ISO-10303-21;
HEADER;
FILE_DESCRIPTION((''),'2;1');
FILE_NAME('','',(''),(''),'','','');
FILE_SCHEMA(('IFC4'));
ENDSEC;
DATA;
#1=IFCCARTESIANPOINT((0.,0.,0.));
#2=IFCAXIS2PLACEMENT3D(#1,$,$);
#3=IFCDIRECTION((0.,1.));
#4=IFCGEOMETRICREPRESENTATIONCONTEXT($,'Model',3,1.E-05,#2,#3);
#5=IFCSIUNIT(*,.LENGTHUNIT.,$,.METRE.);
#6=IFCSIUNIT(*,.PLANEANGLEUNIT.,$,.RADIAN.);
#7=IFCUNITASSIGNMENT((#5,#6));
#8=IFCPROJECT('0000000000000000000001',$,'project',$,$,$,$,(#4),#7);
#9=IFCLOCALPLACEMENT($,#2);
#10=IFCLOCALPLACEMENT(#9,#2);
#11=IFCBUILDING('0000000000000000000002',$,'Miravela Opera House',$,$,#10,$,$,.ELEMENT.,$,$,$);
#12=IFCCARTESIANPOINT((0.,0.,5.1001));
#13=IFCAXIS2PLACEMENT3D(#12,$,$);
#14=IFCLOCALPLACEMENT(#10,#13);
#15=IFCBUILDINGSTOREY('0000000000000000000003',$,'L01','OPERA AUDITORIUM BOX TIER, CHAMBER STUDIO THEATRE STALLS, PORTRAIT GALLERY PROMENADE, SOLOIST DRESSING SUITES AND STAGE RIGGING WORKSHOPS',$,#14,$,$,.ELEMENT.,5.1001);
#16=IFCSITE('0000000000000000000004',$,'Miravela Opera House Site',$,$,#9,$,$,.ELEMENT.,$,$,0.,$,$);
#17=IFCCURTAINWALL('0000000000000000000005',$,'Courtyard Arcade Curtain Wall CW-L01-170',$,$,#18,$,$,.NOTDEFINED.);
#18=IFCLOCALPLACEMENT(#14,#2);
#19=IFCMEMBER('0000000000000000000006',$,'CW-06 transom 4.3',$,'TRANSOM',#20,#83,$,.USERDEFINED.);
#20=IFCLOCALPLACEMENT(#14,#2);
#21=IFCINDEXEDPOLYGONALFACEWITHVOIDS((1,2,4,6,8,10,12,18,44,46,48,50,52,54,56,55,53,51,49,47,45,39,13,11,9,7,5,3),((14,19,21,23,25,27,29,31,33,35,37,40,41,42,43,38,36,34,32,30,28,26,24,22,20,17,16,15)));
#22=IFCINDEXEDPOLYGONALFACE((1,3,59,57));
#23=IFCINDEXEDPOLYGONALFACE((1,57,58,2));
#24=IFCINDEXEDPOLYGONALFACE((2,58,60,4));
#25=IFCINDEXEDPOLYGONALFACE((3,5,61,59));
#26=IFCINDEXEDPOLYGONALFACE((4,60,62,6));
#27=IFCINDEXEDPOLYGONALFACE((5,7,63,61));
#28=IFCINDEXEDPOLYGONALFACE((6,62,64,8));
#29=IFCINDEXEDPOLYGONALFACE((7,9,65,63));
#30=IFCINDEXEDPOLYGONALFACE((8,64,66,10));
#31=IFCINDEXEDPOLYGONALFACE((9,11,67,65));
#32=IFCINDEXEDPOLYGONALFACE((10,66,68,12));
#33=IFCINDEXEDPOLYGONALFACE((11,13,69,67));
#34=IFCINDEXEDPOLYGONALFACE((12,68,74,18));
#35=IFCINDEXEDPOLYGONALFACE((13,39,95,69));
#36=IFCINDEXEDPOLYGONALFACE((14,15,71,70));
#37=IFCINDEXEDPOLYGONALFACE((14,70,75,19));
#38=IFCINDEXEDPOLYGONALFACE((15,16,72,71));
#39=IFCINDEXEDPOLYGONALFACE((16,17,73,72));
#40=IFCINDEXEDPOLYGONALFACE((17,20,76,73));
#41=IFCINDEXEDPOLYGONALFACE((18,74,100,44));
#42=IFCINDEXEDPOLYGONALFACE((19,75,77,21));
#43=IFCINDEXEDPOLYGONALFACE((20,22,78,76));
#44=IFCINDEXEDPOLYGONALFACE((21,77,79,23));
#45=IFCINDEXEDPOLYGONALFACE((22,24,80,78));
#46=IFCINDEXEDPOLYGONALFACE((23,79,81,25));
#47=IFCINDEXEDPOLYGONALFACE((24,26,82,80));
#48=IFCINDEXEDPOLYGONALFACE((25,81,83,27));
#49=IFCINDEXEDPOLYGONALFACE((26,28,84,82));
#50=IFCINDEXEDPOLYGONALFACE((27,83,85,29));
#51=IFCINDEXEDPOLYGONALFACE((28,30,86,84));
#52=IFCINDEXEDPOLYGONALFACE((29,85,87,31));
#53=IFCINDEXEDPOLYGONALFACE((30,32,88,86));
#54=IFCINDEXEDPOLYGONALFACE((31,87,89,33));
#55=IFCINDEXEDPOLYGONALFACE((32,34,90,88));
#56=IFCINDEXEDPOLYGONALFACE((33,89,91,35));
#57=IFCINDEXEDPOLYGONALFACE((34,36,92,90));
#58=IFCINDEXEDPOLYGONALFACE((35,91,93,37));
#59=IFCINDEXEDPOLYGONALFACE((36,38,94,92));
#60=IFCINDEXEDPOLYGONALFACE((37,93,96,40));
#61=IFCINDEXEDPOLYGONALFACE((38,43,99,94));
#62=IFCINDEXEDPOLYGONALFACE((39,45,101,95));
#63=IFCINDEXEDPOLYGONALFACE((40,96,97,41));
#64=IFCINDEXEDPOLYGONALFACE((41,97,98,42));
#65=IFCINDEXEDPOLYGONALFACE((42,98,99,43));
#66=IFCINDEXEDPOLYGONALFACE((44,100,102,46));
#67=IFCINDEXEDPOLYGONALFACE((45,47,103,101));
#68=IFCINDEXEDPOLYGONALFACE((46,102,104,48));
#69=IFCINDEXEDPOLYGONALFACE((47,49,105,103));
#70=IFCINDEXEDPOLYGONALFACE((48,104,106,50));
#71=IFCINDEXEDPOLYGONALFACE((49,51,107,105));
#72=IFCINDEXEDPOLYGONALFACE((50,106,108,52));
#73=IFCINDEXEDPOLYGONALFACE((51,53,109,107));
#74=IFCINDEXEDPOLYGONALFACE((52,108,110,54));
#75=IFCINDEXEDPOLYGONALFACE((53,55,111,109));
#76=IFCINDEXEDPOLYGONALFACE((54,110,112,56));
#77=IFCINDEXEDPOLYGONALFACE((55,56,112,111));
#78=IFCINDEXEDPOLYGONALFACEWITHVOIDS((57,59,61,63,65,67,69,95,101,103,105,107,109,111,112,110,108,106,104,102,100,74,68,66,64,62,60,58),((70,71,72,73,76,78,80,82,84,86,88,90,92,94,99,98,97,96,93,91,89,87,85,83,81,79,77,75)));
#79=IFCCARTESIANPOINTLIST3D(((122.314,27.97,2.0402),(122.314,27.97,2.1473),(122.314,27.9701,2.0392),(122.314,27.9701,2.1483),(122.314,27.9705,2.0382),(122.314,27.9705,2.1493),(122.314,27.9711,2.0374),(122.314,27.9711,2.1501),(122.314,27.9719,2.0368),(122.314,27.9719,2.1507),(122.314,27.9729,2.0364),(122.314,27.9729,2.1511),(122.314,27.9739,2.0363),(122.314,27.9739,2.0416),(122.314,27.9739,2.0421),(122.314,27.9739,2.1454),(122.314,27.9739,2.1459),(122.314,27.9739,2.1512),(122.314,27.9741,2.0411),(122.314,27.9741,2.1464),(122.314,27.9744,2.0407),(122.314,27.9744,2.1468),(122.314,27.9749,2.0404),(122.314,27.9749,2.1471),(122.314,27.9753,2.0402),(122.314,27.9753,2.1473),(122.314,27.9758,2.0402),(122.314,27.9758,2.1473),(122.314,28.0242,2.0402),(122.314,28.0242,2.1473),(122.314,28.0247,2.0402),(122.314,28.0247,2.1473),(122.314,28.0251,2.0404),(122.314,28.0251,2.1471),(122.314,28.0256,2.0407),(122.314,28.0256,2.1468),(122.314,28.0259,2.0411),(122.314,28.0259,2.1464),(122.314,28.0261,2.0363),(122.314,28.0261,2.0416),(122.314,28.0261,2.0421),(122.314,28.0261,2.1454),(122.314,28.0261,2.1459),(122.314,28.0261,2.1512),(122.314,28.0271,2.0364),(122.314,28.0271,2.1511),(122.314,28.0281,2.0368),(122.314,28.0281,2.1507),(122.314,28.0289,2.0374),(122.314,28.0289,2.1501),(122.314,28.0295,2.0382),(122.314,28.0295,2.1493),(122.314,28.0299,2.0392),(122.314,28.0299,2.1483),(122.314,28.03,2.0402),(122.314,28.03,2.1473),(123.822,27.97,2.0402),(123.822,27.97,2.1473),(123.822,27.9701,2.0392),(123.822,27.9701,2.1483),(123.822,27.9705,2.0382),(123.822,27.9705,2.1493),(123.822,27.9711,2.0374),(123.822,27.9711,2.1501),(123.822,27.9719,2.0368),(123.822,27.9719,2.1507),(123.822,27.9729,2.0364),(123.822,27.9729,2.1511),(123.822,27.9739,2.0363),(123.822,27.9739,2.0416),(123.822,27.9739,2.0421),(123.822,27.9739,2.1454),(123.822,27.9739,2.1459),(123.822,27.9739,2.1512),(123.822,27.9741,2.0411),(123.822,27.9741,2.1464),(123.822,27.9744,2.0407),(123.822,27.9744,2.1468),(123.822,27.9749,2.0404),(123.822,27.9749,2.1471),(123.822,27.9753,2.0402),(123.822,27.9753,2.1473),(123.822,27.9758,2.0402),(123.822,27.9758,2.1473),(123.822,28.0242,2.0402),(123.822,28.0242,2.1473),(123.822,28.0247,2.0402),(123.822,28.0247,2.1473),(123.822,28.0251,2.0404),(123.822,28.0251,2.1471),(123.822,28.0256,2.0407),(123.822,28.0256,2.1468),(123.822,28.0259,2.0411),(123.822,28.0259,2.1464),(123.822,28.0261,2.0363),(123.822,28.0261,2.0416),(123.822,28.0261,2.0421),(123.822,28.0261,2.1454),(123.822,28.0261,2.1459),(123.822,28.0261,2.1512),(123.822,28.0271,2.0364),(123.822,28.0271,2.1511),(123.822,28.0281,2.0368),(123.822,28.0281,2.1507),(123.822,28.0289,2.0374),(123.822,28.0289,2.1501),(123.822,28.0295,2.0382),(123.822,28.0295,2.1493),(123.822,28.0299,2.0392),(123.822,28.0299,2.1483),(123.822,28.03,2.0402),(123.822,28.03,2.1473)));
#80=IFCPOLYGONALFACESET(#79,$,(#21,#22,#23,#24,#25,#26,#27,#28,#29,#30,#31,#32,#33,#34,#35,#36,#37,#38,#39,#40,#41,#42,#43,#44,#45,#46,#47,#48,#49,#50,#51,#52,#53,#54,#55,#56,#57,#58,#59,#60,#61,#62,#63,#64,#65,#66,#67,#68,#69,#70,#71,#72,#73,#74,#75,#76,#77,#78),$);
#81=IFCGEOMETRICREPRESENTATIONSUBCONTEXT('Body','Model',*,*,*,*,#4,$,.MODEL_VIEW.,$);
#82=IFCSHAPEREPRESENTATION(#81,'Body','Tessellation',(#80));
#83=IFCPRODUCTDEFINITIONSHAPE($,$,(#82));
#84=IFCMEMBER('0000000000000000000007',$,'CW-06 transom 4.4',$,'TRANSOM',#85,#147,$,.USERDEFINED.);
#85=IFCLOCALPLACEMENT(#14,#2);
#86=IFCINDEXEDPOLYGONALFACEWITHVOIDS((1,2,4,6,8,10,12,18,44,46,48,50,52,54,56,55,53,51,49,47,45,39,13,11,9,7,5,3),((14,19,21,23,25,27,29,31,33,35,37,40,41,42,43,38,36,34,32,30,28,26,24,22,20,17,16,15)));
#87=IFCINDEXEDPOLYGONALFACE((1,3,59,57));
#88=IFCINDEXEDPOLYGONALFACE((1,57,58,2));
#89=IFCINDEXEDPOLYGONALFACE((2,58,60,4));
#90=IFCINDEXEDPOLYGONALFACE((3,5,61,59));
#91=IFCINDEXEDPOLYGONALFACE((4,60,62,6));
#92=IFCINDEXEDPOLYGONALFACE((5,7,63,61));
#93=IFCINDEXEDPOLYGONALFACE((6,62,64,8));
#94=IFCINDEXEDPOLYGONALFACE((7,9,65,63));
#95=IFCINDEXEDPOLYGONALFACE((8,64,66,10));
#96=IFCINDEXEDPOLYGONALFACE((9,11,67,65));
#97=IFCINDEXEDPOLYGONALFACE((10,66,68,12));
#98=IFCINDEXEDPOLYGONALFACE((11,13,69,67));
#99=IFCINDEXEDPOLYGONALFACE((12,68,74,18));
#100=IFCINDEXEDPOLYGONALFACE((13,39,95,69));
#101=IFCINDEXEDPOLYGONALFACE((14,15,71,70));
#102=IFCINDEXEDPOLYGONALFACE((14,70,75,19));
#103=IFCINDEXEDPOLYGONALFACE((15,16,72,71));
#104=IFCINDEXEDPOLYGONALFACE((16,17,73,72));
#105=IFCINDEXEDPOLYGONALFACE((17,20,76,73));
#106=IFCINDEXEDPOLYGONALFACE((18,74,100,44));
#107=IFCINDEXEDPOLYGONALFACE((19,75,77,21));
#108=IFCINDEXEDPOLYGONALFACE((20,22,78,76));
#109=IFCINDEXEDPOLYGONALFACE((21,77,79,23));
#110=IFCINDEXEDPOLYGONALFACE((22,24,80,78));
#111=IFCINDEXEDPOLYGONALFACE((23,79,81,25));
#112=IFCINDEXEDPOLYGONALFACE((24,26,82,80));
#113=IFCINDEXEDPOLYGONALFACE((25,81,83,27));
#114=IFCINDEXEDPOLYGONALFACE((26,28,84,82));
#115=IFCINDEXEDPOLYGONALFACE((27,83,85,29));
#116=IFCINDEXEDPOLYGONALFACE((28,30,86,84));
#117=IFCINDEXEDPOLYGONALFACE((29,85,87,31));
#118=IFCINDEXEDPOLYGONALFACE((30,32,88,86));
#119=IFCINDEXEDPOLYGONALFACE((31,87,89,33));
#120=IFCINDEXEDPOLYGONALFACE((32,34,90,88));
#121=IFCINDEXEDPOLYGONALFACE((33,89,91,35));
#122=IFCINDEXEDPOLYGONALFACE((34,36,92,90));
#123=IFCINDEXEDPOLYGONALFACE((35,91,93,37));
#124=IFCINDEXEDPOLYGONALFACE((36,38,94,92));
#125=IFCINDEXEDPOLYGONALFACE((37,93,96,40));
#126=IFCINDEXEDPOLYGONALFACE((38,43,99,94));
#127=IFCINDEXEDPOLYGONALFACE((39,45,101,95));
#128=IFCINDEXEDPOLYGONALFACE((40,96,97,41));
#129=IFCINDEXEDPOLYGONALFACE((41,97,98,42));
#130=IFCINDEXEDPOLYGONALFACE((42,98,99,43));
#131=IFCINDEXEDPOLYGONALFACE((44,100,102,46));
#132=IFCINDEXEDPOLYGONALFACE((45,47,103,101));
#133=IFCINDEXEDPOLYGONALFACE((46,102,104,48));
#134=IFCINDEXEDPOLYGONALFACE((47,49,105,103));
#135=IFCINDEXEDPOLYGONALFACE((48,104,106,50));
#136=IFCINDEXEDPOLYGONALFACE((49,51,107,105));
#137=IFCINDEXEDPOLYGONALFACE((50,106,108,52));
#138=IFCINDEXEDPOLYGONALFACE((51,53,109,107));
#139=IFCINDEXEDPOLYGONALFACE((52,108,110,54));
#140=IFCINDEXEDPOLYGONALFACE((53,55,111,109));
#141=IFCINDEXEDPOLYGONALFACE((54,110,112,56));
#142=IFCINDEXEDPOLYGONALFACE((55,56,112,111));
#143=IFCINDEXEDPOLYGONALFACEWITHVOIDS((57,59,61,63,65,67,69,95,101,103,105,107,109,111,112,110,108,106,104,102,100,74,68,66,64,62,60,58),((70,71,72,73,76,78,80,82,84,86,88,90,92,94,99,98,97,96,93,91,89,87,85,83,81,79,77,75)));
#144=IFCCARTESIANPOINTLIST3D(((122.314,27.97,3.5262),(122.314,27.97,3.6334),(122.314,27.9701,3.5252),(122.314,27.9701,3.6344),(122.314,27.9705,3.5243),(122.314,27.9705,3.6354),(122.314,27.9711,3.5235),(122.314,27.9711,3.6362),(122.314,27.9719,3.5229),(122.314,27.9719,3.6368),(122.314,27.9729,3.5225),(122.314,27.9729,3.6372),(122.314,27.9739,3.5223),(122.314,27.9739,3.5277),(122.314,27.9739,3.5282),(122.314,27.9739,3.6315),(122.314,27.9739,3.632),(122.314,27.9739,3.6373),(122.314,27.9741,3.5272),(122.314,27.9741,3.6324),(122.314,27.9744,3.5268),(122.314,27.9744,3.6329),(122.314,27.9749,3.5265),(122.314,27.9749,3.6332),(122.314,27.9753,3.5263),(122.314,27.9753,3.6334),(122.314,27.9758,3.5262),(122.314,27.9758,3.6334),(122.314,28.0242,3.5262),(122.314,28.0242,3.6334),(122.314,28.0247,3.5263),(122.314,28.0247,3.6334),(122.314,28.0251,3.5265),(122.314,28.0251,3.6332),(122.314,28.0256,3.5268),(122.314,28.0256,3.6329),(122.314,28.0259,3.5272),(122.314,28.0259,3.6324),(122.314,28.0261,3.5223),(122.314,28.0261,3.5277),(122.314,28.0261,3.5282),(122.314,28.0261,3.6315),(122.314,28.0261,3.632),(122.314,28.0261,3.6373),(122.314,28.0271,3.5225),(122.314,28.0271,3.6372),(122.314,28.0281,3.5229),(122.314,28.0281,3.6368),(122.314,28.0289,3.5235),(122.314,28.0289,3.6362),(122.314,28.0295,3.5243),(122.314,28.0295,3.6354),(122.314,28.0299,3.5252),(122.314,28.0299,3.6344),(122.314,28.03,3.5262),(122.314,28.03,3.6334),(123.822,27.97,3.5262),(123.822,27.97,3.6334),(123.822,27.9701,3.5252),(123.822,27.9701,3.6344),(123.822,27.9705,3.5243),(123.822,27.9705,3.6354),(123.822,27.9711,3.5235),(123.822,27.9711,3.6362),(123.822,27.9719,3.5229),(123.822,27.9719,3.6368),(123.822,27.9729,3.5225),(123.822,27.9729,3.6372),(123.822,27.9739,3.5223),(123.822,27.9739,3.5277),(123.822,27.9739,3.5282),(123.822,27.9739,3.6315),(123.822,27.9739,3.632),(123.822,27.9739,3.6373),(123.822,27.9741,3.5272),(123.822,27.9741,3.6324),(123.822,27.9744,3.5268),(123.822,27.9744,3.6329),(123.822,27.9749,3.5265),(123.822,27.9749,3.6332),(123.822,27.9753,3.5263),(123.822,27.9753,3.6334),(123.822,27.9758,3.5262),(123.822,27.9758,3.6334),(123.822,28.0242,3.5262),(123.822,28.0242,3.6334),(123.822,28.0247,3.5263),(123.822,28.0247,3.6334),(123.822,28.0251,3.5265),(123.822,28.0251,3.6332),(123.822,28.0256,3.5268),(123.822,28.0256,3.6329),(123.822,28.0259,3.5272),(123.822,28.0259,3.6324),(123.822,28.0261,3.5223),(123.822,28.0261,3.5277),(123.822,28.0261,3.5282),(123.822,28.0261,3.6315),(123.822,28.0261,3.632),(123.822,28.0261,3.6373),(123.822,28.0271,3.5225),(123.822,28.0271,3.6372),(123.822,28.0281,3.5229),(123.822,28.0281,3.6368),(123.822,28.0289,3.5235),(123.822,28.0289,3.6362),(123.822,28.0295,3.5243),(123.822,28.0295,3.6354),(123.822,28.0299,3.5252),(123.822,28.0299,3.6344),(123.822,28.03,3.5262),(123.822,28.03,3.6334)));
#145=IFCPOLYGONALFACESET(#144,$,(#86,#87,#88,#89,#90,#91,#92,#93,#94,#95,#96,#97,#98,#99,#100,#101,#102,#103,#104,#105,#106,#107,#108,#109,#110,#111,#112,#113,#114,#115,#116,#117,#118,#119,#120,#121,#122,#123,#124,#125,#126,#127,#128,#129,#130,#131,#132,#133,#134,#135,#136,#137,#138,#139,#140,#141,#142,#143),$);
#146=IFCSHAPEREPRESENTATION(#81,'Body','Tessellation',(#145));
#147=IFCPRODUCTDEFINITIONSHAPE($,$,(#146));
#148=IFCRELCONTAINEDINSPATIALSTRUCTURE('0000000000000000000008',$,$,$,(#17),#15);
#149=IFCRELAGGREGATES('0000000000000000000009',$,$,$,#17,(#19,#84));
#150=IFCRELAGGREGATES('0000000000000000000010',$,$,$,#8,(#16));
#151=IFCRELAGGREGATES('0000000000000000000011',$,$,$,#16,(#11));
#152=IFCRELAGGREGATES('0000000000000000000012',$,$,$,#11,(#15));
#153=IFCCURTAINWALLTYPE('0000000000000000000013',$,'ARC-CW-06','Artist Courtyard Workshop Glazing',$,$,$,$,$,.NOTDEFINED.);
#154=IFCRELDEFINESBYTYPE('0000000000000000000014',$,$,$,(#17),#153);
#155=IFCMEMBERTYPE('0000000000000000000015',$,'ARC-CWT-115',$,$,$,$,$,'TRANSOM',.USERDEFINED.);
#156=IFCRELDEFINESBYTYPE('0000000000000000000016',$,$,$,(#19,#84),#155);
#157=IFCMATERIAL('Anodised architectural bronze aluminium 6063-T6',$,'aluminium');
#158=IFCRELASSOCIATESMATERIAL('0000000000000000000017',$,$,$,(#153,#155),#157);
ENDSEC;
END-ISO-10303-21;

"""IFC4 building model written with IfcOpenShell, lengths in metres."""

from ifc_helpers import new_model, si_unit, direction, frame, origin, origin_2d, place, context, subcontext, project, spatial, hollow_rectangle, extrude, material, material_profile, profile_set, type_object, element, aggregate, save


model = new_model("IFC4")

# Units and contexts
model_context = context("Model", 3, precision=1e-05, world=origin(), true_north=direction((0.0, 1.0)))
body_context = subcontext(model_context, "Body", "Model", "MODEL_VIEW")
ifc_project = project(units=[si_unit("LENGTHUNIT", "METRE"), si_unit("PLANEANGLEUNIT", "RADIAN")], contexts=[model_context])

# Site, building, storey
site_placement = place(None, origin())
site = spatial("IfcSite", under=ifc_project, at=site_placement, Name="Miravela Opera House Site", CompositionType="ELEMENT", RefElevation=0.0)
building_placement = place(site_placement, origin())
building = spatial("IfcBuilding", under=site, at=building_placement, Name="Miravela Opera House", CompositionType="ELEMENT")
storey_placement = place(building_placement, frame((0.0, 0.0, 5.1001)))
storey = spatial("IfcBuildingStorey", under=building, at=storey_placement, Name="L01", Description="OPERA AUDITORIUM BOX TIER, CHAMBER STUDIO THEATRE STALLS, PORTRAIT GALLERY PROMENADE, SOLOIST DRESSING SUITES AND STAGE RIGGING WORKSHOPS", CompositionType="ELEMENT", Elevation=5.1001)

# Curtain wall, members
ifc_material_1 = material(Name="Anodised architectural bronze aluminium 6063-T6", Category="aluminium")
curtain_wall_type = type_object("IfcCurtainWallType", Name="ARC-CW-06", Description="Artist Courtyard Workshop Glazing", PredefinedType="NOTDEFINED", material=ifc_material_1)
curtain_wall_placement = place(storey_placement, origin())
curtain_wall = element("IfcCurtainWall", 1, at=curtain_wall_placement, inside=storey, type_object=curtain_wall_type, Name="Courtyard Arcade Curtain Wall CW-L01-170", PredefinedType="NOTDEFINED")
ifc_material_profile_1 = material_profile(ifc_material_1, hollow_rectangle(XDim=0.0601, YDim=0.115, WallThickness=0.0039, InnerFilletRadius=0.002, OuterFilletRadius=0.0039, at=origin_2d()), Name="CWT-60X115")
ifc_profile_set_1 = profile_set([ifc_material_profile_1])
member_type_1 = type_object("IfcMemberType", Name="ARC-CWT-115", ElementType="TRANSOM", PredefinedType="USERDEFINED", material=ifc_profile_set_1)
member_1_placement = place(storey_placement, frame((122.314, 28.0, 2.0938), z_axis=(1.0, 0.0, 0.0), x_axis=(0.0, 1.0, 0.0)))
member_1 = element("IfcMember", 2, at=member_1_placement, type_object=member_type_1, Name="CW-06 transom 4.3", ObjectType="TRANSOM", PredefinedType="USERDEFINED", context=body_context, shape_type="SweptSolid", body=[
    extrude(hollow_rectangle(XDim=0.0601, YDim=0.115, WallThickness=0.0039, InnerFilletRadius=0.002, OuterFilletRadius=0.0039, at=origin_2d()), origin(), (0.0, 0.0, 1.0), 1.5081),
])
member_2_placement = place(storey_placement, frame((122.314, 28.0, 3.5798), z_axis=(1.0, 0.0, 0.0), x_axis=(0.0, 1.0, 0.0)))
member_2 = element("IfcMember", 3, at=member_2_placement, type_object=member_type_1, Name="CW-06 transom 4.4", ObjectType="TRANSOM", PredefinedType="USERDEFINED", context=body_context, shape_type="SweptSolid", body=[
    extrude(hollow_rectangle(XDim=0.0601, YDim=0.115, WallThickness=0.0039, InnerFilletRadius=0.002, OuterFilletRadius=0.0039, at=origin_2d()), origin(), (0.0, 0.0, 1.0), 1.5081),
])
aggregate(curtain_wall, [member_1, member_2])

save(model, "model.ifc")
